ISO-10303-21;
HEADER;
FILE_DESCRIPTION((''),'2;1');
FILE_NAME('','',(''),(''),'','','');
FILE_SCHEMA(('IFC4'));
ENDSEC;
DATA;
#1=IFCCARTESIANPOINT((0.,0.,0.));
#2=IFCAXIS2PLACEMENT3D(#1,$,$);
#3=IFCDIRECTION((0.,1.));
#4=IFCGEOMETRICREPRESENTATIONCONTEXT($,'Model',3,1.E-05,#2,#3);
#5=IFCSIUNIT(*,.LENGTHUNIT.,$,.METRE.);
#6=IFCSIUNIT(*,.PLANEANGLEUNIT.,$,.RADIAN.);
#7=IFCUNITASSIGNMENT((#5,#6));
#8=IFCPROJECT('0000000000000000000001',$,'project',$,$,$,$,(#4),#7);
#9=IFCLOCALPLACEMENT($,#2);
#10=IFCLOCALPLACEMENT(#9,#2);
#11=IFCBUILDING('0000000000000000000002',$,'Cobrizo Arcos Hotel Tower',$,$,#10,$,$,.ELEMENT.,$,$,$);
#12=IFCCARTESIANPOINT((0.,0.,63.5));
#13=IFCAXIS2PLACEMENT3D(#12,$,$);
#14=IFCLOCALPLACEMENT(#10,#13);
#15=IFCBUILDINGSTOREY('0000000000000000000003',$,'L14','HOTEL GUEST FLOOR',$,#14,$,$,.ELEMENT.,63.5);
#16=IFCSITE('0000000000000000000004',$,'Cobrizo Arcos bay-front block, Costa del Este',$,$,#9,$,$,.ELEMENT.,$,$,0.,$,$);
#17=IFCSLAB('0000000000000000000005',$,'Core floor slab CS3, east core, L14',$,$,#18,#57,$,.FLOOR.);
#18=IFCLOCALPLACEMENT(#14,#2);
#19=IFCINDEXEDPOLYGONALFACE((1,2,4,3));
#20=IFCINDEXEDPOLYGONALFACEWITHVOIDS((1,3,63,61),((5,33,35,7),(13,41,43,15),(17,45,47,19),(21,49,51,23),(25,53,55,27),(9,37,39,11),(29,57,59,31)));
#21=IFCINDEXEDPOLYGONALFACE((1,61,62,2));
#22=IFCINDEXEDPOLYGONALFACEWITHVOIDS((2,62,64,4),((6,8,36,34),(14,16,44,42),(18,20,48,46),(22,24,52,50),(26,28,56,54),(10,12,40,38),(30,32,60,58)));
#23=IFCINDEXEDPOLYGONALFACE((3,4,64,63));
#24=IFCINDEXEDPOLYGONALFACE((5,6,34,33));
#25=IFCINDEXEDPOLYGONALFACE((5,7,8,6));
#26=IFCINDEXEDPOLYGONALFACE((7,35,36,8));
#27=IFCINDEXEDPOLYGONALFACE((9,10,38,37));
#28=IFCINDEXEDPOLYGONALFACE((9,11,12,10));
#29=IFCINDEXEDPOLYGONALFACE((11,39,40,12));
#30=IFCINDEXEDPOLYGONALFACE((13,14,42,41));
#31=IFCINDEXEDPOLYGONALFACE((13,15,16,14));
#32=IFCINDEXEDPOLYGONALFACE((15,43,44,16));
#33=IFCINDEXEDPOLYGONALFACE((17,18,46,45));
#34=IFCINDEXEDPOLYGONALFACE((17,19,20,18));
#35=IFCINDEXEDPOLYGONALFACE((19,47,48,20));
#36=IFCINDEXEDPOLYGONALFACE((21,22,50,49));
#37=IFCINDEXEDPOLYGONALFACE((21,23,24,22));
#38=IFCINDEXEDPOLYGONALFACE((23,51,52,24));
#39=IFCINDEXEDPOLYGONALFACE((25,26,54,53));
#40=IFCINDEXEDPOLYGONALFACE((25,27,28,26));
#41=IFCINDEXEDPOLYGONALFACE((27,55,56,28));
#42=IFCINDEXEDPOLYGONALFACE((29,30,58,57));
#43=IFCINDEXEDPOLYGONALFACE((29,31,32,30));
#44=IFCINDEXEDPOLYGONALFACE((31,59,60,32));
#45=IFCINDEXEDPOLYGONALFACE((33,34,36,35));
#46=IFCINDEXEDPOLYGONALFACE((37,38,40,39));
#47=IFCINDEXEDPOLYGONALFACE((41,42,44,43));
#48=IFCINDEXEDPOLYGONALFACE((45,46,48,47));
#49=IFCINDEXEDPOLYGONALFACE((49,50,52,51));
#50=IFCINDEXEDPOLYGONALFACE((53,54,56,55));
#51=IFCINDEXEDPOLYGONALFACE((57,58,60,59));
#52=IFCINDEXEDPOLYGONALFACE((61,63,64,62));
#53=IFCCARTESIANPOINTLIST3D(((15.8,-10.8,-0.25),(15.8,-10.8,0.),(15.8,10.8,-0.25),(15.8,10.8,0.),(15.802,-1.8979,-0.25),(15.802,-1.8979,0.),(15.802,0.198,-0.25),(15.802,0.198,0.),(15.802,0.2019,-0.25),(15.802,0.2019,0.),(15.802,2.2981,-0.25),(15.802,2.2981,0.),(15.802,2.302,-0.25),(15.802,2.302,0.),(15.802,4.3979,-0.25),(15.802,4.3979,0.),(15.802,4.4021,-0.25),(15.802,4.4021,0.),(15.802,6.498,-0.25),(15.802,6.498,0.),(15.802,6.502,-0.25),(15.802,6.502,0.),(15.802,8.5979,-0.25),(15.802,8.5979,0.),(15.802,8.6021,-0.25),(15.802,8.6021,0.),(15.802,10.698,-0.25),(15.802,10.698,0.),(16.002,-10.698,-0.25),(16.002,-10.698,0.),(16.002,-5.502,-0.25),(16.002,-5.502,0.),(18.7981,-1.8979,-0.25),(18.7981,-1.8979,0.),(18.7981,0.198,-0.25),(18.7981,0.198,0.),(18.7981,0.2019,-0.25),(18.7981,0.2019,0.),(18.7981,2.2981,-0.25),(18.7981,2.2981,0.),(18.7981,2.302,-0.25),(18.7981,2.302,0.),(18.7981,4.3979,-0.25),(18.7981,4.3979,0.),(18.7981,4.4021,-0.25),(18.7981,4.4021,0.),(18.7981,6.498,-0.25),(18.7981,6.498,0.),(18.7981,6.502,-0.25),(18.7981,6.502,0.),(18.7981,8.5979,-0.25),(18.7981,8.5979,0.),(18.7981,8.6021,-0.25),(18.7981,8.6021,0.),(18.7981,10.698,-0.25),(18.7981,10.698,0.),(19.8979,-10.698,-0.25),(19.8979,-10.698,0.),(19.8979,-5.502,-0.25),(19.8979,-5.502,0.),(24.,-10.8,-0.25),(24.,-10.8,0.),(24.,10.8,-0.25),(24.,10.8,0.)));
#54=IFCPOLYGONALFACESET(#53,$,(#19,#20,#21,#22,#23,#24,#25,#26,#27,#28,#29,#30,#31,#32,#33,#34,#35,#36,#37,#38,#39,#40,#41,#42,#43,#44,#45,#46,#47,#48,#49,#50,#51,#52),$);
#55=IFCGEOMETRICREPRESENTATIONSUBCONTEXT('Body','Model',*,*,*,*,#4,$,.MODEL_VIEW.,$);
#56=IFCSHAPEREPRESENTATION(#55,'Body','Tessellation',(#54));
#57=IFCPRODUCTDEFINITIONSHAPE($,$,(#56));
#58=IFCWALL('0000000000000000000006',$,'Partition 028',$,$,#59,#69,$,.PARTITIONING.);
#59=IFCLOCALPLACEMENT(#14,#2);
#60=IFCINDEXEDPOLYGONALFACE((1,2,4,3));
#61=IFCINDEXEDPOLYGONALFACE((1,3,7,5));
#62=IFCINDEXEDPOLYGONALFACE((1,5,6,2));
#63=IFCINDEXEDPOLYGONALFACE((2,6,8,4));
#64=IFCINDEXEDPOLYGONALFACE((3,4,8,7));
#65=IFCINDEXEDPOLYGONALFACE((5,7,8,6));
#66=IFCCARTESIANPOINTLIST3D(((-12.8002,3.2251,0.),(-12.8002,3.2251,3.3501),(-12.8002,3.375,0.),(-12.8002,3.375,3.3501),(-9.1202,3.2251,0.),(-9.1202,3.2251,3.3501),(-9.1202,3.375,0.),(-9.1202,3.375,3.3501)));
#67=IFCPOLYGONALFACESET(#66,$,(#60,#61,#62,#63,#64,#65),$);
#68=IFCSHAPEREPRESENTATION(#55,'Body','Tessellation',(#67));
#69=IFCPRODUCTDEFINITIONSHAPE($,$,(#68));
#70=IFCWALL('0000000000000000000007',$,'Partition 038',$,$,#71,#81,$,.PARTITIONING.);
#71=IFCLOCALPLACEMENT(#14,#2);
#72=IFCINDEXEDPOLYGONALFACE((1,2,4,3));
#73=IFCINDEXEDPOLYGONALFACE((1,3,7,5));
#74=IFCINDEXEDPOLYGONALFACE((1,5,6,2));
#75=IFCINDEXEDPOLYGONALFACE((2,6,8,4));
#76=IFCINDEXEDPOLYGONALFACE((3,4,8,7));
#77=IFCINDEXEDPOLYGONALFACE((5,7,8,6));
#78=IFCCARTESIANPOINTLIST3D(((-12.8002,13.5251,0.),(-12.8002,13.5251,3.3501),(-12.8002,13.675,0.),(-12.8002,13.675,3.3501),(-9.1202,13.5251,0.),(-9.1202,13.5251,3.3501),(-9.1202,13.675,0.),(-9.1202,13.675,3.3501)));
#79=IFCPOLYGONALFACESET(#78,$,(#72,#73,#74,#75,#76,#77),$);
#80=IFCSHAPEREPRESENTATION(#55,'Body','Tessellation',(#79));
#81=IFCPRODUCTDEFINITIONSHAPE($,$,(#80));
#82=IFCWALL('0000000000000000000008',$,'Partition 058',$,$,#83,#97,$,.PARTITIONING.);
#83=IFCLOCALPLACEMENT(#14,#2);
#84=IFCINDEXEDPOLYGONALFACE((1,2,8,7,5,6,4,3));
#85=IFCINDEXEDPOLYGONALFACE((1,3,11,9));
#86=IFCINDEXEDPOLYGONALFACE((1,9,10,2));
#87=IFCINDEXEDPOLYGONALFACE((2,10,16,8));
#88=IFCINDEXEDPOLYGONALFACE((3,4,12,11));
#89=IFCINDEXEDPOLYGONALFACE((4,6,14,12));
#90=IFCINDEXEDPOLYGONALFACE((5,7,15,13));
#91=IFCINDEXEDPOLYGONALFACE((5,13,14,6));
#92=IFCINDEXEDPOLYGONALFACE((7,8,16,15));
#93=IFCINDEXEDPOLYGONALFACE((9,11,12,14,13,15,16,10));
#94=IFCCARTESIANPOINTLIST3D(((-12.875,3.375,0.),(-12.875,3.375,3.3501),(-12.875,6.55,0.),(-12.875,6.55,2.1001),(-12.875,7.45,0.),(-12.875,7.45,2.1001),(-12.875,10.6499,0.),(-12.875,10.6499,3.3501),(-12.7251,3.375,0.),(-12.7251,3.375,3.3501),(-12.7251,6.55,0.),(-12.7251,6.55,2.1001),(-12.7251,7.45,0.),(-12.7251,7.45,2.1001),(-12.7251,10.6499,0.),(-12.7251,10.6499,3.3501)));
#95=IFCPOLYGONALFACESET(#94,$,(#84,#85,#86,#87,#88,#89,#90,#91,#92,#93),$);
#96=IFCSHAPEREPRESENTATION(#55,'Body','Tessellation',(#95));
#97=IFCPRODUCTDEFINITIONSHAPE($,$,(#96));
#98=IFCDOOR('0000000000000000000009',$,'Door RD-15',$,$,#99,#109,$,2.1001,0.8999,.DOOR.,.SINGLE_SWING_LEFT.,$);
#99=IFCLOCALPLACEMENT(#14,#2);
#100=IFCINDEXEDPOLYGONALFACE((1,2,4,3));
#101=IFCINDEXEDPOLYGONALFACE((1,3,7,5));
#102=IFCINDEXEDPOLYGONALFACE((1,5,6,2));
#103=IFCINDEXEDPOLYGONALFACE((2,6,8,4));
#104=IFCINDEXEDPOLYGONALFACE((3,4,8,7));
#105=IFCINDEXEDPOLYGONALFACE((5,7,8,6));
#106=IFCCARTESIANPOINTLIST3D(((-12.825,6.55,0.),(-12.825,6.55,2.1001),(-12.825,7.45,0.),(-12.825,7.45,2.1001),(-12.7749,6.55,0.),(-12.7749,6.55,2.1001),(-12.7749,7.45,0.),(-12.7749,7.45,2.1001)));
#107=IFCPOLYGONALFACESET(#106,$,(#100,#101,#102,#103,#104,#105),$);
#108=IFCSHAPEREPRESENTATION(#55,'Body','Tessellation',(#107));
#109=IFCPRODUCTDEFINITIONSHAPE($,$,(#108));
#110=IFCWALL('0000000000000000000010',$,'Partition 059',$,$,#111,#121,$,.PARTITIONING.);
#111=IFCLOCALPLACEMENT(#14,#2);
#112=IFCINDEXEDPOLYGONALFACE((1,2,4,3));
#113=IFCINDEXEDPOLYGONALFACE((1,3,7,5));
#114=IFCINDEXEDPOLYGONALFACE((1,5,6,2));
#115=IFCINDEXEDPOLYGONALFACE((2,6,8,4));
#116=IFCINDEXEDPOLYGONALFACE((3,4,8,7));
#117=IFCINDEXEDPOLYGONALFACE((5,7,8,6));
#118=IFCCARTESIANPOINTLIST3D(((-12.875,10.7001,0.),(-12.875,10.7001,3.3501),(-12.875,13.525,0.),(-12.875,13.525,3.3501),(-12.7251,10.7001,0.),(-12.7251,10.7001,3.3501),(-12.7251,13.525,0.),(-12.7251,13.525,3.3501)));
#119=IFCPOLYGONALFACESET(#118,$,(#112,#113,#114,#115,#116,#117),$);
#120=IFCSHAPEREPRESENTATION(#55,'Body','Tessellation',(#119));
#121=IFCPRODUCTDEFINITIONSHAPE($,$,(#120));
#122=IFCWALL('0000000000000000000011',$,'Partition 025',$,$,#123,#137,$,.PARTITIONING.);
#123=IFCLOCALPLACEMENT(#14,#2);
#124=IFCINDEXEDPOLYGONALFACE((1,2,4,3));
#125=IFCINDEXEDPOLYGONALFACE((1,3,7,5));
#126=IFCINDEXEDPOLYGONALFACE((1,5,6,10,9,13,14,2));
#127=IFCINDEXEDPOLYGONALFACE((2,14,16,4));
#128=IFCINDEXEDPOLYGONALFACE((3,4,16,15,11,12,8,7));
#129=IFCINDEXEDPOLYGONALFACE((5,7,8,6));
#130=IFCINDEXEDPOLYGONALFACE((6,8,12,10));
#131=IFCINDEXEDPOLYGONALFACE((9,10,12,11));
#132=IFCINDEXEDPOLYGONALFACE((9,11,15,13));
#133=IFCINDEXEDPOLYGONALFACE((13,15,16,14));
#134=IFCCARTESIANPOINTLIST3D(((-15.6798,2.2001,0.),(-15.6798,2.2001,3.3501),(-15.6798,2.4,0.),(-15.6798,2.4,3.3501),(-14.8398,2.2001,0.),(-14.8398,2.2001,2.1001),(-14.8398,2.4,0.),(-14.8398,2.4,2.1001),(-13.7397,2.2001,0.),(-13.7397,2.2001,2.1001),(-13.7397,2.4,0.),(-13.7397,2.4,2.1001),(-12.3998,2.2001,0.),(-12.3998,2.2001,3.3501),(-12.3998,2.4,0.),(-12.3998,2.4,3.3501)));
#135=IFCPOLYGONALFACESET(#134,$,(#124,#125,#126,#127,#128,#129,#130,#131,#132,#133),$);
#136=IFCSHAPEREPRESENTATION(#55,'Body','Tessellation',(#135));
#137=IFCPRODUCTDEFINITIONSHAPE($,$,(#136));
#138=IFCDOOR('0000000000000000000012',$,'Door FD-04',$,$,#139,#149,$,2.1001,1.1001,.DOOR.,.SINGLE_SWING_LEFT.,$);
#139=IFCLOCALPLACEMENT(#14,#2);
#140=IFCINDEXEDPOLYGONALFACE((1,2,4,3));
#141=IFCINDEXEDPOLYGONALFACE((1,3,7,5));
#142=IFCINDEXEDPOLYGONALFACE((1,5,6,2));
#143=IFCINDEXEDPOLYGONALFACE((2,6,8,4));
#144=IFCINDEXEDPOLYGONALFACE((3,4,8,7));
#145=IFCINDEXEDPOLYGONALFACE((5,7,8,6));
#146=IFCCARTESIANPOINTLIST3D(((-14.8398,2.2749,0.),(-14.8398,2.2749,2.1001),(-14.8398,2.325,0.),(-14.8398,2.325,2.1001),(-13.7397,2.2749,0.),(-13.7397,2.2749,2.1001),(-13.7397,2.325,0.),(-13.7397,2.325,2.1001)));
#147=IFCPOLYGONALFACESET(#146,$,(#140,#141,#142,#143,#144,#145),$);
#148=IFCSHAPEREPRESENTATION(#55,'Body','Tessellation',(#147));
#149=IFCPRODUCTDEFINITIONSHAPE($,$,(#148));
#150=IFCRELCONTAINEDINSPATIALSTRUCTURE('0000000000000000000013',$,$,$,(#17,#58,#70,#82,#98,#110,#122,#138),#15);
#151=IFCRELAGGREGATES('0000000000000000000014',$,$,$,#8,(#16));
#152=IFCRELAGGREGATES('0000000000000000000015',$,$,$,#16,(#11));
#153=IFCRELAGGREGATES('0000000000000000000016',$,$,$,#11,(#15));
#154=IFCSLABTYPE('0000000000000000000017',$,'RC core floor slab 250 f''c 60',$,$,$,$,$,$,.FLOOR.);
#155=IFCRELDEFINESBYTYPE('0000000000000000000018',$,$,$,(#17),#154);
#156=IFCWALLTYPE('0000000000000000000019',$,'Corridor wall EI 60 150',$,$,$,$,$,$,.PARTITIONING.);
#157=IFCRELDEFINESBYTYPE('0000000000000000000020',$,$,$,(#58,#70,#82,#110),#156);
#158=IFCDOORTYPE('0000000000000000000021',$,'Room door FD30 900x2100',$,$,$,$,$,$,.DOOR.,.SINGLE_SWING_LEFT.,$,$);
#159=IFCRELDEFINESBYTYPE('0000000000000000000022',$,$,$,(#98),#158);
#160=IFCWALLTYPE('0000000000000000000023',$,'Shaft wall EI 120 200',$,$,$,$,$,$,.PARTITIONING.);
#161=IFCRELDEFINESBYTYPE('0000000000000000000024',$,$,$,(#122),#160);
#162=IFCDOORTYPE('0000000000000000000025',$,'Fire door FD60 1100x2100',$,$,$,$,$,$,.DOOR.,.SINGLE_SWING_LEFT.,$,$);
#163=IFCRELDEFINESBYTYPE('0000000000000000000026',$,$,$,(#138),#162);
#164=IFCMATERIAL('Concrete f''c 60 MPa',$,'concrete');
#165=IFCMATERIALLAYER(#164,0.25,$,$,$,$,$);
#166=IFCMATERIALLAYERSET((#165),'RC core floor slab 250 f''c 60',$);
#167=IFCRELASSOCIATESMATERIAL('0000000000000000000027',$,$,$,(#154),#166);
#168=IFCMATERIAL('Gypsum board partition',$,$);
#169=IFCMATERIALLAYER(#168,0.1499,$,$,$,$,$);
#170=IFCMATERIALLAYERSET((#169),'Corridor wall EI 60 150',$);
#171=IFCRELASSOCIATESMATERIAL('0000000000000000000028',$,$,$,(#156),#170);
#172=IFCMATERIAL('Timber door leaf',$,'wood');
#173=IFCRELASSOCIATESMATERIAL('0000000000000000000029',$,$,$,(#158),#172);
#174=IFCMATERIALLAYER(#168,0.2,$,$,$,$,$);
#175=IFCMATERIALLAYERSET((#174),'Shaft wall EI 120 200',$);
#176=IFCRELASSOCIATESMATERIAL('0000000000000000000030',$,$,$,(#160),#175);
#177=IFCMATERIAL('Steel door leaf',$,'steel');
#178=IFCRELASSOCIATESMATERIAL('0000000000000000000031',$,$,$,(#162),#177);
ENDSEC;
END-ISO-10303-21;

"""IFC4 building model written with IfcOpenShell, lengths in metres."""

from ifc_helpers import new_model, si_unit, direction, frame, frame_2d, origin, place, context, subcontext, project, spatial, polyline, rectangle, outline, extrude, material, layer, layer_set, type_object, element, fill, save


model = new_model("IFC4")

# Units and contexts
model_context = context("Model", 3, precision=1e-05, world=origin(), true_north=direction((0.0, 1.0)))
body_context = subcontext(model_context, "Body", "Model", "MODEL_VIEW")
ifc_project = project(units=[si_unit("LENGTHUNIT", "METRE"), si_unit("PLANEANGLEUNIT", "RADIAN")], contexts=[model_context])

# Site, building, storey
site_placement = place(None, origin())
site = spatial("IfcSite", under=ifc_project, at=site_placement, Name="Cobrizo Arcos bay-front block, Costa del Este", CompositionType="ELEMENT", RefElevation=0.0)
building_placement = place(site_placement, origin())
building = spatial("IfcBuilding", under=site, at=building_placement, Name="Cobrizo Arcos Hotel Tower", CompositionType="ELEMENT")
storey_placement = place(building_placement, frame((0.0, 0.0, 63.5)))
storey = spatial("IfcBuildingStorey", under=building, at=storey_placement, Name="L14", Description="HOTEL GUEST FLOOR", CompositionType="ELEMENT", Elevation=63.5)

# Slab
ifc_material_1 = material(Name="Concrete f'c 60 MPa", Category="concrete")
ifc_layer_1 = layer(ifc_material_1, 0.25)
ifc_layer_set_1 = layer_set([ifc_layer_1], Name="RC core floor slab 250 f'c 60")
slab_type = type_object("IfcSlabType", Name="RC core floor slab 250 f'c 60", PredefinedType="FLOOR", material=ifc_layer_set_1)
slab_placement = place(storey_placement, frame((0.0, 0.0, -0.25)))
element("IfcSlab", 1, at=slab_placement, inside=storey, type_object=slab_type, Name="Core floor slab CS3, east core, L14", PredefinedType="FLOOR", context=body_context, shape_type="SweptSolid", body=[
    extrude(outline(polyline([(15.8, 10.8), (24.0, 10.8), (24.0, -10.8), (15.8, -10.8), (15.8, 10.8)]), holes=[polyline([(19.8979, -10.698), (19.8979, -5.502), (16.002, -5.502), (16.002, -10.698), (19.8979, -10.698)]), polyline([(15.802, 0.198), (15.802, -1.8979), (18.7981, -1.8979), (18.7981, 0.198), (15.802, 0.198)]), polyline([(18.7981, 2.2981), (15.802, 2.2981), (15.802, 0.2019), (18.7981, 0.2019), (18.7981, 2.2981)]), polyline([(18.7981, 4.3979), (15.802, 4.3979), (15.802, 2.302), (18.7981, 2.302), (18.7981, 4.3979)]), polyline([(15.802, 6.498), (15.802, 4.4021), (18.7981, 4.4021), (18.7981, 6.498), (15.802, 6.498)]), polyline([(18.7981, 8.5979), (15.802, 8.5979), (15.802, 6.502), (18.7981, 6.502), (18.7981, 8.5979)]), polyline([(18.7981, 10.698), (15.802, 10.698), (15.802, 8.6021), (18.7981, 8.6021), (18.7981, 10.698)])]), origin(), (0.0, 0.0, 1.0), 0.25),
])

# Walls
ifc_material_2 = material(Name="Gypsum board partition")
ifc_layer_2 = layer(ifc_material_2, 0.1499)
ifc_layer_set_2 = layer_set([ifc_layer_2], Name="Corridor wall EI 60 150")
wall_type_1 = type_object("IfcWallType", Name="Corridor wall EI 60 150", PredefinedType="PARTITIONING", material=ifc_layer_set_2)
for number, where, z_axis, x_axis, name in (
    (2, (-12.8, 3.3, 0.0), (0.0, 0.0, 1.0), (1.0, 0.0, 0.0), "Partition 028"),
    (3, (-12.8, 13.6001, 0.0), (0.0, 0.0, 1.0), (1.0, 0.0, 0.0), "Partition 038"),
):
    element("IfcWall", number, at=place(storey_placement, frame(where, z_axis=z_axis, x_axis=x_axis)), inside=storey, type_object=wall_type_1, Name=name, PredefinedType="PARTITIONING", context=body_context, shape_type="SweptSolid", body=[
        extrude(rectangle(XDim=3.6799, YDim=0.1499, at=frame_2d((1.8398, 0.0))), origin(), (0.0, 0.0, 1.0), 3.3501),
    ])

# Wall, opening, door
wall_1_placement = place(storey_placement, frame((-12.8, 3.375, 0.0), z_axis=(0.0, 0.0, 1.0), x_axis=(0.0, 1.0, 0.0)))
wall_1 = element("IfcWall", 4, at=wall_1_placement, inside=storey, type_object=wall_type_1, Name="Partition 058", PredefinedType="PARTITIONING", context=body_context, shape_type="SweptSolid", body=[
    extrude(rectangle(XDim=7.2749, YDim=0.1499, at=frame_2d((3.6375, 0.0))), origin(), (0.0, 0.0, 1.0), 3.3501),
])
opening_1_placement = place(wall_1_placement, frame((3.175, 0.0, 0.0)))
opening_1 = element("IfcOpeningElement", 5, at=opening_1_placement, cuts=wall_1, PredefinedType="OPENING", context=body_context, shape_type="SweptSolid", body=[
    extrude(rectangle(XDim=0.8999, YDim=2.1001, at=frame_2d((0.45, 1.05))), frame((0.0, 0.0869, 0.0), z_axis=(0.0, -1.0, 0.0), x_axis=(1.0, 0.0, 0.0)), (0.0, 0.0, 1.0), 0.1738),
])
ifc_material_3 = material(Name="Timber door leaf", Category="wood")
door_type_1 = type_object("IfcDoorType", Name="Room door FD30 900x2100", OperationType="SINGLE_SWING_LEFT", PredefinedType="DOOR", material=ifc_material_3)
door_1_placement = place(opening_1_placement, origin())
door_1 = element("IfcDoor", 6, at=door_1_placement, inside=storey, type_object=door_type_1, Name="Door RD-15", OperationType="SINGLE_SWING_LEFT", OverallHeight=2.1001, OverallWidth=0.8999, PredefinedType="DOOR", context=body_context, shape_type="SweptSolid", body=[
    extrude(rectangle(XDim=0.8999, YDim=2.1001, at=frame_2d((0.45, 1.05))), frame((0.0, 0.0249, 0.0), z_axis=(0.0, -1.0, 0.0), x_axis=(1.0, 0.0, 0.0)), (0.0, 0.0, 1.0), 0.05),
])
fill(opening_1, door_1)

# Wall
wall_2_placement = place(storey_placement, frame((-12.8, 10.7, 0.0), z_axis=(0.0, 0.0, 1.0), x_axis=(0.0, 1.0, 0.0)))
element("IfcWall", 7, at=wall_2_placement, inside=storey, type_object=wall_type_1, Name="Partition 059", PredefinedType="PARTITIONING", context=body_context, shape_type="SweptSolid", body=[
    extrude(rectangle(XDim=2.825, YDim=0.1499, at=frame_2d((1.4126, 0.0))), origin(), (0.0, 0.0, 1.0), 3.3501),
])

# Wall, opening, door
ifc_layer_3 = layer(ifc_material_2, 0.2)
ifc_layer_set_3 = layer_set([ifc_layer_3], Name="Shaft wall EI 120 200")
wall_type_2 = type_object("IfcWallType", Name="Shaft wall EI 120 200", PredefinedType="PARTITIONING", material=ifc_layer_set_3)
wall_3_placement = place(storey_placement, frame((-15.6799, 2.3, 0.0), z_axis=(0.0, 0.0, 1.0), x_axis=(1.0, 0.0, 0.0)))
wall_3 = element("IfcWall", 8, at=wall_3_placement, inside=storey, type_object=wall_type_2, Name="Partition 025", PredefinedType="PARTITIONING", context=body_context, shape_type="SweptSolid", body=[
    extrude(rectangle(XDim=3.28, YDim=0.2, at=frame_2d((1.6401, 0.0))), origin(), (0.0, 0.0, 1.0), 3.3501),
])
opening_2_placement = place(wall_3_placement, frame((0.8401, 0.0, 0.0)))
opening_2 = element("IfcOpeningElement", 9, at=opening_2_placement, cuts=wall_3, PredefinedType="OPENING", context=body_context, shape_type="SweptSolid", body=[
    extrude(rectangle(XDim=1.1001, YDim=2.1001, at=frame_2d((0.55, 1.05))), frame((0.0, 0.1121, 0.0), z_axis=(0.0, -1.0, 0.0), x_axis=(1.0, 0.0, 0.0)), (0.0, 0.0, 1.0), 0.2239),
])
ifc_material_4 = material(Name="Steel door leaf", Category="steel")
door_type_2 = type_object("IfcDoorType", Name="Fire door FD60 1100x2100", OperationType="SINGLE_SWING_LEFT", PredefinedType="DOOR", material=ifc_material_4)
door_2_placement = place(opening_2_placement, origin())
door_2 = element("IfcDoor", 10, at=door_2_placement, inside=storey, type_object=door_type_2, Name="Door FD-04", OperationType="SINGLE_SWING_LEFT", OverallHeight=2.1001, OverallWidth=1.1001, PredefinedType="DOOR", context=body_context, shape_type="SweptSolid", body=[
    extrude(rectangle(XDim=1.1001, YDim=2.1001, at=frame_2d((0.55, 1.05))), frame((0.0, 0.0249, 0.0), z_axis=(0.0, -1.0, 0.0), x_axis=(1.0, 0.0, 0.0)), (0.0, 0.0, 1.0), 0.05),
])
fill(opening_2, door_2)

save(model, "model.ifc")
